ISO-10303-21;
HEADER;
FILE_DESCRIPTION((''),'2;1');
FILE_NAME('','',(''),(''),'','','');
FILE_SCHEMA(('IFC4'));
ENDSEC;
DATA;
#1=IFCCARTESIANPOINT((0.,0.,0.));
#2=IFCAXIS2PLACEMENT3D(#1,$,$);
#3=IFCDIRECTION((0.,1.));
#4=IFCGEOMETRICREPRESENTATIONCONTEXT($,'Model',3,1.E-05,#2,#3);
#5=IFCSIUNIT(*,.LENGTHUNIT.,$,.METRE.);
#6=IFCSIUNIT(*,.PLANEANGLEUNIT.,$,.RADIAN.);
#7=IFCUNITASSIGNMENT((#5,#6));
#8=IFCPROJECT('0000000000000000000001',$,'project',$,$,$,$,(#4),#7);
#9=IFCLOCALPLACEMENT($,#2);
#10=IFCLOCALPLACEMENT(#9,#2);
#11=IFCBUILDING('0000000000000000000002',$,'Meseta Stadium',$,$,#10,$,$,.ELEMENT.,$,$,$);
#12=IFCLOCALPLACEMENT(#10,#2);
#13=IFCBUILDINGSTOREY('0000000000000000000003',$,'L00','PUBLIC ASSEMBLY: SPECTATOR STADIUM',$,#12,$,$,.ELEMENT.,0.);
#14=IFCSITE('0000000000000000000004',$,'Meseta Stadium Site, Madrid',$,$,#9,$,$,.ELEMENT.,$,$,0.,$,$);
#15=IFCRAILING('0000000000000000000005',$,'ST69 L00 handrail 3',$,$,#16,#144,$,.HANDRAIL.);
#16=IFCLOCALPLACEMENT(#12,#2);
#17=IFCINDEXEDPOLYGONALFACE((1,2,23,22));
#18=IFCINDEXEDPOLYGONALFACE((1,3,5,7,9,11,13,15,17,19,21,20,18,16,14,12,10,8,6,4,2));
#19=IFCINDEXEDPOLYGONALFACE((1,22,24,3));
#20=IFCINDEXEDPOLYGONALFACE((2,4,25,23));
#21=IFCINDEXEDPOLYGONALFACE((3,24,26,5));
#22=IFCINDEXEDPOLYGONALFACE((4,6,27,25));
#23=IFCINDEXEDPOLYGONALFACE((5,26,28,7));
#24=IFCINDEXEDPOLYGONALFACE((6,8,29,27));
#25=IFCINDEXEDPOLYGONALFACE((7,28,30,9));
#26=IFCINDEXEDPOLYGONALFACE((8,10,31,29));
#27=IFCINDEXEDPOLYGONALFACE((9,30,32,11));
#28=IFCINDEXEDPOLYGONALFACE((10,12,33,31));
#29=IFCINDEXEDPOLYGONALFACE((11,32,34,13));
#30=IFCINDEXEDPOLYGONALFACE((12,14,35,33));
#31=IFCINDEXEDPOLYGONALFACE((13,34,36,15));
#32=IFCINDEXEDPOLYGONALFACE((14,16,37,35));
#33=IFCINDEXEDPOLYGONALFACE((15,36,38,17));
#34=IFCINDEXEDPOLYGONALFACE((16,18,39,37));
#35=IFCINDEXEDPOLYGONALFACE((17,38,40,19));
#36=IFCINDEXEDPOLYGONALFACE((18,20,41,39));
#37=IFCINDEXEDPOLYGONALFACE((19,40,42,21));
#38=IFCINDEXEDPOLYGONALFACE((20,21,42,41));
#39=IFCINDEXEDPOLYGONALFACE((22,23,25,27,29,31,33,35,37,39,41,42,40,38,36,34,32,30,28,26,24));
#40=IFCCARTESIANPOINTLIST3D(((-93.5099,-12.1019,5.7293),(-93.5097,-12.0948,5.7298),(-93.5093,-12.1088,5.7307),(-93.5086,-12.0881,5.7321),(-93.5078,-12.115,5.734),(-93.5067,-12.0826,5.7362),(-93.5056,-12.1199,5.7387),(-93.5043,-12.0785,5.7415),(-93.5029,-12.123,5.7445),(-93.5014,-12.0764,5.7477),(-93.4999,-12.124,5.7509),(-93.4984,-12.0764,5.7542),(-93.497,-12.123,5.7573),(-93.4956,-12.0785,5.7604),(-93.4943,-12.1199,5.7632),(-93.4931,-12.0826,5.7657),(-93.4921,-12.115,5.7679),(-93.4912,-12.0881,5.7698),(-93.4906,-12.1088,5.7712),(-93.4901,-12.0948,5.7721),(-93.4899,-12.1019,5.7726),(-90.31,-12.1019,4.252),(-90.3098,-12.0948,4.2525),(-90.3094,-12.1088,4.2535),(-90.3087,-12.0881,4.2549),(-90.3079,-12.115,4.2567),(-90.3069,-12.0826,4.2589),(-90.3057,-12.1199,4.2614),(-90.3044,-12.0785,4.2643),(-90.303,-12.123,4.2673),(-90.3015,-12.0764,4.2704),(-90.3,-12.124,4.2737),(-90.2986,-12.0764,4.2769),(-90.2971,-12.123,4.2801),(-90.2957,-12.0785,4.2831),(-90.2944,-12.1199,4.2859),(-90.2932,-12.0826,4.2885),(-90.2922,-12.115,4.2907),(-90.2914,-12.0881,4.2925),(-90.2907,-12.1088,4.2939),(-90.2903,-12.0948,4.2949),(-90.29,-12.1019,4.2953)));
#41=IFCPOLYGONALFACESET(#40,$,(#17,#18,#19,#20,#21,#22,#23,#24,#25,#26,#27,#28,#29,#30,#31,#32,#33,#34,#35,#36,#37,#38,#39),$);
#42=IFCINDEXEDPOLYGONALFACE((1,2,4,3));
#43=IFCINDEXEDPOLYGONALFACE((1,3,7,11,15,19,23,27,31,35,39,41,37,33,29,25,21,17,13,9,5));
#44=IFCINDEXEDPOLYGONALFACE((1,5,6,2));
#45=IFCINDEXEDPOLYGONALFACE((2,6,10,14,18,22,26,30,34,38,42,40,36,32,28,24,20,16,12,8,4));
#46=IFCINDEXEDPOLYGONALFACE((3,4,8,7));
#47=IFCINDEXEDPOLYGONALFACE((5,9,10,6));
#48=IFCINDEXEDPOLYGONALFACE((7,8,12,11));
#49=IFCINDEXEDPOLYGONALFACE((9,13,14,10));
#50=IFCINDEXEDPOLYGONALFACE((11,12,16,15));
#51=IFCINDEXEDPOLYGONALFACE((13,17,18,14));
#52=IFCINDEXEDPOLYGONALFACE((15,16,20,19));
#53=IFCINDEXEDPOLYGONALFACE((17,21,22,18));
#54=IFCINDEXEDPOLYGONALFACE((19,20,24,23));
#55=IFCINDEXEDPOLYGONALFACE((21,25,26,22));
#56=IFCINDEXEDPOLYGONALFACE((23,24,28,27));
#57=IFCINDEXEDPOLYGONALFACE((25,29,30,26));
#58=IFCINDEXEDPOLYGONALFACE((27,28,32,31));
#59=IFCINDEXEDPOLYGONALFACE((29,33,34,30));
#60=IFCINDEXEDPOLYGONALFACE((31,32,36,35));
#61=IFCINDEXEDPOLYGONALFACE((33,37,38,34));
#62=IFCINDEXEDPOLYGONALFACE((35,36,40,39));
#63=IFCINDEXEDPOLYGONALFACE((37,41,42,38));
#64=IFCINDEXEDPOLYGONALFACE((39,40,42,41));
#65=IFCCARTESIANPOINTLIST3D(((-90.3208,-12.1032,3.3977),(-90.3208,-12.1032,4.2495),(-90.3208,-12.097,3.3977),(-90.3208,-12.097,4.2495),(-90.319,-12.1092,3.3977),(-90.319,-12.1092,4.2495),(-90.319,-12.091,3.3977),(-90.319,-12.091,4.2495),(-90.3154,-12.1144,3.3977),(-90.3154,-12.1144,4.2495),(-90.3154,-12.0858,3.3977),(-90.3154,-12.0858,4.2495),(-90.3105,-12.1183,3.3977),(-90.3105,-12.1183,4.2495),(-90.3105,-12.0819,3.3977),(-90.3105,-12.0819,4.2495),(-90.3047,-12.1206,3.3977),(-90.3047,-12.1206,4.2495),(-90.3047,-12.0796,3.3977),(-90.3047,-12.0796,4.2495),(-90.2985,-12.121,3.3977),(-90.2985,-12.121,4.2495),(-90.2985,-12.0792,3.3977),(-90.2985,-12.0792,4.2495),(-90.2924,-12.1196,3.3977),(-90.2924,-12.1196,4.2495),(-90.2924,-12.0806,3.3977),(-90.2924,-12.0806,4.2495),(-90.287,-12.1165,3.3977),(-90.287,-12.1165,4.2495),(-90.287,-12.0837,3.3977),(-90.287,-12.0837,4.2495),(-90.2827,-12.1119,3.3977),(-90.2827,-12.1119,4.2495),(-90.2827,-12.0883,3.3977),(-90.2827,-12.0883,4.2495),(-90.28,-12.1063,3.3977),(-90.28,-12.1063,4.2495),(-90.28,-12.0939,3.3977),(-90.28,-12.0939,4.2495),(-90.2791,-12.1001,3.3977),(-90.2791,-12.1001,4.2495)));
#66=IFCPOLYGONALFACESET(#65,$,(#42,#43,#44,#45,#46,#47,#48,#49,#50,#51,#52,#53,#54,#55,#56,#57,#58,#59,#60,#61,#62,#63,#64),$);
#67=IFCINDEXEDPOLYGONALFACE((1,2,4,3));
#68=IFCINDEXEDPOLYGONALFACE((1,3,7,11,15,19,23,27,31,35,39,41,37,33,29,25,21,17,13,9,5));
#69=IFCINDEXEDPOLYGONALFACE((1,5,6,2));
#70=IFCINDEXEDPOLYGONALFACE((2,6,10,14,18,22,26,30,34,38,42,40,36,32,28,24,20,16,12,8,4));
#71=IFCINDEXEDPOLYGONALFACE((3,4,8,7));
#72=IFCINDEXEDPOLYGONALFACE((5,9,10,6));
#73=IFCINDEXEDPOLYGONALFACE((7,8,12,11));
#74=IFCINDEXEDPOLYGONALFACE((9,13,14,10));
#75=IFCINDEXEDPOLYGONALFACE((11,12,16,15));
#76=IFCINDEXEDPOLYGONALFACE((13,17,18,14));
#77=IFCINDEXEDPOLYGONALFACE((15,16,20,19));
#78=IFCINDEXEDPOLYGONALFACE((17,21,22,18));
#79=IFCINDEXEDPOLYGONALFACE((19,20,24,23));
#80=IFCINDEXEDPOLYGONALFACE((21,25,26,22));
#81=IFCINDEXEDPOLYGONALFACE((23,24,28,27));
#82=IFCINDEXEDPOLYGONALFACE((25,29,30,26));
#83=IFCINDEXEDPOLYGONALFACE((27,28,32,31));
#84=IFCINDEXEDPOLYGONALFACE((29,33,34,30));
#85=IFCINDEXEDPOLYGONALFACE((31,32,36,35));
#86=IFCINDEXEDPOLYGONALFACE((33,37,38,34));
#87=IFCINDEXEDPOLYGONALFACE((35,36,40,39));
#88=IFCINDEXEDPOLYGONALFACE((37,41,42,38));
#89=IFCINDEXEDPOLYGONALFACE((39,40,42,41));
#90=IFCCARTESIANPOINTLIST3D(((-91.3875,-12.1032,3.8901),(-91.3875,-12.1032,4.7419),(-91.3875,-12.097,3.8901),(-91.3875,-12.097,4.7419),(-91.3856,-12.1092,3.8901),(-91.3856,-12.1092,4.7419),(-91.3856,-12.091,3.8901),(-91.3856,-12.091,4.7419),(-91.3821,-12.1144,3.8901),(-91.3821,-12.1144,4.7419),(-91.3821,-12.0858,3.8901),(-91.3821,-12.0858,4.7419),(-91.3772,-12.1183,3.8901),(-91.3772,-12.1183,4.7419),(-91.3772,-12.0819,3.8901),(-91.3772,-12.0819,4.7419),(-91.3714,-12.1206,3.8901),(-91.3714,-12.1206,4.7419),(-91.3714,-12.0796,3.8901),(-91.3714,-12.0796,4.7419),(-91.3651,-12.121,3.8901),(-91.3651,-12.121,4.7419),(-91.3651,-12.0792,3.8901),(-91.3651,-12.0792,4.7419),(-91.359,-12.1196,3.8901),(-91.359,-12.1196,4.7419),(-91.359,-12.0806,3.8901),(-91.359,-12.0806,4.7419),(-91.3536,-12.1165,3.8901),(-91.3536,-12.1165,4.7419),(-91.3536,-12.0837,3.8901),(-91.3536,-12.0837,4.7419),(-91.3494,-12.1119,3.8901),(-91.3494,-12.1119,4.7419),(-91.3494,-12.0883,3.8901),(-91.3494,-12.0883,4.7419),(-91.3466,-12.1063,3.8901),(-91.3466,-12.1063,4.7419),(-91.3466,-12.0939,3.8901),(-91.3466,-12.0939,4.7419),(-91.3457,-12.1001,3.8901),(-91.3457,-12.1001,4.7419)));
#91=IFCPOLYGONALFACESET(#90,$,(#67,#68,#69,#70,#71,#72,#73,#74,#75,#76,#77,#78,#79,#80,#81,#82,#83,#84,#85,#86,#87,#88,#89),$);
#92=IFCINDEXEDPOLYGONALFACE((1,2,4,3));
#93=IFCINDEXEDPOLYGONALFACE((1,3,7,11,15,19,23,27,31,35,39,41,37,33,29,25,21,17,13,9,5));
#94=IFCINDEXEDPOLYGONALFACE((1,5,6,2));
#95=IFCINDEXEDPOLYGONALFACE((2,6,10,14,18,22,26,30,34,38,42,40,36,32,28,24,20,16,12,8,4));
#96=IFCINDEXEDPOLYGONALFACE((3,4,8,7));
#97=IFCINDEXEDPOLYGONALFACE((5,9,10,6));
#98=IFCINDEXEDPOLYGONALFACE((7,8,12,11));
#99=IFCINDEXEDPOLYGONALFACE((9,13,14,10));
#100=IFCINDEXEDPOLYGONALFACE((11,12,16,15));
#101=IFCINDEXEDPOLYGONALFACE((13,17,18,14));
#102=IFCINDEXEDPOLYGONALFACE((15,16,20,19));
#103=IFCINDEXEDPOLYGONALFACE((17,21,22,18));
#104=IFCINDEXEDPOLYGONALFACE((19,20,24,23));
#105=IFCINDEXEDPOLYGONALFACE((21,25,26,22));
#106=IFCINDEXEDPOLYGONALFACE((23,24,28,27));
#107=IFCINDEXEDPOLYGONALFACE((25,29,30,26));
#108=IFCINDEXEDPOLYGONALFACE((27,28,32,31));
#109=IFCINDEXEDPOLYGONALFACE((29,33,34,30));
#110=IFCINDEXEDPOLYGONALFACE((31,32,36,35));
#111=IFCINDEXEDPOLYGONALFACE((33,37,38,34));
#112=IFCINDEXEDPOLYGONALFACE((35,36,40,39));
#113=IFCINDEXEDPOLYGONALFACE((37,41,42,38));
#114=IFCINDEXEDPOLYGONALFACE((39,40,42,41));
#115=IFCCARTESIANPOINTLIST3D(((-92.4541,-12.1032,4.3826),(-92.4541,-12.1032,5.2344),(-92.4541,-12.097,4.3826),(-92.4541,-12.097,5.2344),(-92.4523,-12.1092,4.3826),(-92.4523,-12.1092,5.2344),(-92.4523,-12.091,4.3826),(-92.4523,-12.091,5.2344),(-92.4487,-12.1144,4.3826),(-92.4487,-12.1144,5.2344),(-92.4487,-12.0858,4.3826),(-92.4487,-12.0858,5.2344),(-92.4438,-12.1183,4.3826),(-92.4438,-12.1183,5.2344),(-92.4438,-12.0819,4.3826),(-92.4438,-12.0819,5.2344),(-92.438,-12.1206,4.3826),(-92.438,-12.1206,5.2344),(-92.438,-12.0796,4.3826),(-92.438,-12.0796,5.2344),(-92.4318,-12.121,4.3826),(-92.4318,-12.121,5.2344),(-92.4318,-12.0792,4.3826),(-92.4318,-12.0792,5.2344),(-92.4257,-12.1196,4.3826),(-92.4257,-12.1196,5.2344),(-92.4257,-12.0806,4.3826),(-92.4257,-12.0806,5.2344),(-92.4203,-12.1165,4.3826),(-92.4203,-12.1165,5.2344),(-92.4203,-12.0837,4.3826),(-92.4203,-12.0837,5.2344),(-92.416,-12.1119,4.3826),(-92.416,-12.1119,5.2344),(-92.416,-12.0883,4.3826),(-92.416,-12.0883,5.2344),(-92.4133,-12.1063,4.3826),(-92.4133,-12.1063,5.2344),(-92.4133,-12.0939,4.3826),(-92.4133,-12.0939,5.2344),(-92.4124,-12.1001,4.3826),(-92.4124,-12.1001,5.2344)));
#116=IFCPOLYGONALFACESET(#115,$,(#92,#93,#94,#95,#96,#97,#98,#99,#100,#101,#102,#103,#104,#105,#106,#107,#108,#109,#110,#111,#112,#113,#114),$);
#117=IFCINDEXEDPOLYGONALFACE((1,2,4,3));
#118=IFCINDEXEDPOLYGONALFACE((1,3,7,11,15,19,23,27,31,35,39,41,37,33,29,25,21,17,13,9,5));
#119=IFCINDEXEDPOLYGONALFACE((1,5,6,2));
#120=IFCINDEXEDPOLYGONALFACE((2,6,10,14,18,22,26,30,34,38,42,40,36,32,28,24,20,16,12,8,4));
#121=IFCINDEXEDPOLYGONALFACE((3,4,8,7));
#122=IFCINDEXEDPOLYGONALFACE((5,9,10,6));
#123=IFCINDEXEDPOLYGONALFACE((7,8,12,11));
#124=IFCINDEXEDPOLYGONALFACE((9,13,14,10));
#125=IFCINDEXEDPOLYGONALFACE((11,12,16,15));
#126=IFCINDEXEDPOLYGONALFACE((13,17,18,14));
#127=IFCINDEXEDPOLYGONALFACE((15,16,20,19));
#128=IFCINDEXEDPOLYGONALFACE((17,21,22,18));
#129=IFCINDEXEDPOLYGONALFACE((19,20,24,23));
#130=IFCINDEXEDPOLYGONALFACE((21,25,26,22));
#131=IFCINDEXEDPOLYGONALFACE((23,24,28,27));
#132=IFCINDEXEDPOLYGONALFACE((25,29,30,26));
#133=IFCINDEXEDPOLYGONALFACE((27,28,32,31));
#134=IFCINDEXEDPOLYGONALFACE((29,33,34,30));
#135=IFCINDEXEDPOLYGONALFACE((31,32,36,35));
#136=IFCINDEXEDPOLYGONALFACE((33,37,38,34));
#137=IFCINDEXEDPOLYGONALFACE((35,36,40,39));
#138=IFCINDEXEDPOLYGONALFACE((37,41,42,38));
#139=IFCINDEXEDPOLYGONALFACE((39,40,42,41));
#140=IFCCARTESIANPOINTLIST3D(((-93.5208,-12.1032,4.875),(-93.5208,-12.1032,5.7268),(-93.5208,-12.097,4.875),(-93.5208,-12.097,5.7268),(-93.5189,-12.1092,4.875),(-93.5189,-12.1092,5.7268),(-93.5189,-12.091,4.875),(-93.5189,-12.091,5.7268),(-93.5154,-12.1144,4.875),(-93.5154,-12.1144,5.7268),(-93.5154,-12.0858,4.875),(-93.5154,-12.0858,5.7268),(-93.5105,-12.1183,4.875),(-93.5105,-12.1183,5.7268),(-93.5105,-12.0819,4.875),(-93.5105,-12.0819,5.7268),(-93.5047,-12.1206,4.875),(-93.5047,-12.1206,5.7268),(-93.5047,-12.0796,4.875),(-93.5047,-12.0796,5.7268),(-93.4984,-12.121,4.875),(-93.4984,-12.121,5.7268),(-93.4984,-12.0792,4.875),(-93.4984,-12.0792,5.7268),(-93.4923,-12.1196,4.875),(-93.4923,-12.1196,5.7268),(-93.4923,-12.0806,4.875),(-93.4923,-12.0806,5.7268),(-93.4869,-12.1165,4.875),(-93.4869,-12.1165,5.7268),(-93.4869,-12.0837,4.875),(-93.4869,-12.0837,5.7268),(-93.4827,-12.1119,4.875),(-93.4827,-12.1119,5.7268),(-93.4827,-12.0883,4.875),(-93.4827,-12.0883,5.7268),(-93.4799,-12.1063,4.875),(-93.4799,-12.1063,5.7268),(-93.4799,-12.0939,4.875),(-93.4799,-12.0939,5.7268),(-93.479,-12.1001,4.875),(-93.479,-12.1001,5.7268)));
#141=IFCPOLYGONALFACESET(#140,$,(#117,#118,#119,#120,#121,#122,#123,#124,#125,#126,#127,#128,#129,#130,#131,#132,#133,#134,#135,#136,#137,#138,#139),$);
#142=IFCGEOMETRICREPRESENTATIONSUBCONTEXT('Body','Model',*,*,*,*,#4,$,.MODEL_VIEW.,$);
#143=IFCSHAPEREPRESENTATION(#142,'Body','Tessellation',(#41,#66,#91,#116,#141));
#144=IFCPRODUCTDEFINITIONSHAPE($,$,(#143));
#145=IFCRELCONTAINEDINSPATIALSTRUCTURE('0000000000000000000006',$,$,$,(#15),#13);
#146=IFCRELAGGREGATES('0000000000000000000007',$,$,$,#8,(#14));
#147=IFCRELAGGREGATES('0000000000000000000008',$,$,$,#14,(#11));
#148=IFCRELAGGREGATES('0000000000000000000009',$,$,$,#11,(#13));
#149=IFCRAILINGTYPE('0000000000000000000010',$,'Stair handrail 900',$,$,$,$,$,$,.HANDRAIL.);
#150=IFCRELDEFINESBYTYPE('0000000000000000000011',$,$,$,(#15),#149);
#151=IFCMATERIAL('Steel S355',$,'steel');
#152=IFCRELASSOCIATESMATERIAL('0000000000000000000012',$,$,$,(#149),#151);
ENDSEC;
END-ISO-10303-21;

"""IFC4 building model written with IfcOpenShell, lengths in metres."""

from ifc_helpers import new_model, si_unit, direction, frame, origin, origin_2d, place, context, subcontext, project, spatial, circle, extrude, material, type_object, element, save


model = new_model("IFC4")

# Units and contexts
model_context = context("Model", 3, precision=1e-05, world=origin(), true_north=direction((0.0, 1.0)))
body_context = subcontext(model_context, "Body", "Model", "MODEL_VIEW")
ifc_project = project(units=[si_unit("LENGTHUNIT", "METRE"), si_unit("PLANEANGLEUNIT", "RADIAN")], contexts=[model_context])

# Site, building, storey
site_placement = place(None, origin())
site = spatial("IfcSite", under=ifc_project, at=site_placement, Name="Meseta Stadium Site, Madrid", CompositionType="ELEMENT", RefElevation=0.0)
building_placement = place(site_placement, origin())
building = spatial("IfcBuilding", under=site, at=building_placement, Name="Meseta Stadium", CompositionType="ELEMENT")
storey_placement = place(building_placement, origin())
storey = spatial("IfcBuildingStorey", under=building, at=storey_placement, Name="L00", Description="PUBLIC ASSEMBLY: SPECTATOR STADIUM", CompositionType="ELEMENT", Elevation=0.0)

# Railing
ifc_material_1 = material(Name="Steel S355", Category="steel")
railing_type_1 = type_object("IfcRailingType", Name="Stair handrail 900", PredefinedType="HANDRAIL", material=ifc_material_1)
for number, where, name in (
    (1, (-90.3, -12.1001, 3.3977), "ST69 L00 handrail 3"),
):
    element("IfcRailing", number, at=place(storey_placement, frame(where)), inside=storey, type_object=railing_type_1, Name=name, PredefinedType="HANDRAIL", context=body_context, shape_type="SweptSolid", body=[
        extrude(circle(Radius=0.0239, at=origin_2d()), frame((0.0, 0.0, 0.876), z_axis=(-0.907917, 0.0, 0.41915), x_axis=(0.0, -1.0, 0.0)), (0.0, 0.0, 1.0), 3.5244),
        extrude(circle(Radius=0.021, at=origin_2d()), origin(), (0.0, 0.0, 1.0), 0.8518),
        extrude(circle(Radius=0.021, at=origin_2d()), frame((-1.0667, 0.0, 0.4924)), (0.0, 0.0, 1.0), 0.8518),
        extrude(circle(Radius=0.021, at=origin_2d()), frame((-2.1333, 0.0, 0.9849)), (0.0, 0.0, 1.0), 0.8518),
        extrude(circle(Radius=0.021, at=origin_2d()), frame((-3.2, 0.0, 1.4773)), (0.0, 0.0, 1.0), 0.8518),
    ])

save(model, "model.ifc")
